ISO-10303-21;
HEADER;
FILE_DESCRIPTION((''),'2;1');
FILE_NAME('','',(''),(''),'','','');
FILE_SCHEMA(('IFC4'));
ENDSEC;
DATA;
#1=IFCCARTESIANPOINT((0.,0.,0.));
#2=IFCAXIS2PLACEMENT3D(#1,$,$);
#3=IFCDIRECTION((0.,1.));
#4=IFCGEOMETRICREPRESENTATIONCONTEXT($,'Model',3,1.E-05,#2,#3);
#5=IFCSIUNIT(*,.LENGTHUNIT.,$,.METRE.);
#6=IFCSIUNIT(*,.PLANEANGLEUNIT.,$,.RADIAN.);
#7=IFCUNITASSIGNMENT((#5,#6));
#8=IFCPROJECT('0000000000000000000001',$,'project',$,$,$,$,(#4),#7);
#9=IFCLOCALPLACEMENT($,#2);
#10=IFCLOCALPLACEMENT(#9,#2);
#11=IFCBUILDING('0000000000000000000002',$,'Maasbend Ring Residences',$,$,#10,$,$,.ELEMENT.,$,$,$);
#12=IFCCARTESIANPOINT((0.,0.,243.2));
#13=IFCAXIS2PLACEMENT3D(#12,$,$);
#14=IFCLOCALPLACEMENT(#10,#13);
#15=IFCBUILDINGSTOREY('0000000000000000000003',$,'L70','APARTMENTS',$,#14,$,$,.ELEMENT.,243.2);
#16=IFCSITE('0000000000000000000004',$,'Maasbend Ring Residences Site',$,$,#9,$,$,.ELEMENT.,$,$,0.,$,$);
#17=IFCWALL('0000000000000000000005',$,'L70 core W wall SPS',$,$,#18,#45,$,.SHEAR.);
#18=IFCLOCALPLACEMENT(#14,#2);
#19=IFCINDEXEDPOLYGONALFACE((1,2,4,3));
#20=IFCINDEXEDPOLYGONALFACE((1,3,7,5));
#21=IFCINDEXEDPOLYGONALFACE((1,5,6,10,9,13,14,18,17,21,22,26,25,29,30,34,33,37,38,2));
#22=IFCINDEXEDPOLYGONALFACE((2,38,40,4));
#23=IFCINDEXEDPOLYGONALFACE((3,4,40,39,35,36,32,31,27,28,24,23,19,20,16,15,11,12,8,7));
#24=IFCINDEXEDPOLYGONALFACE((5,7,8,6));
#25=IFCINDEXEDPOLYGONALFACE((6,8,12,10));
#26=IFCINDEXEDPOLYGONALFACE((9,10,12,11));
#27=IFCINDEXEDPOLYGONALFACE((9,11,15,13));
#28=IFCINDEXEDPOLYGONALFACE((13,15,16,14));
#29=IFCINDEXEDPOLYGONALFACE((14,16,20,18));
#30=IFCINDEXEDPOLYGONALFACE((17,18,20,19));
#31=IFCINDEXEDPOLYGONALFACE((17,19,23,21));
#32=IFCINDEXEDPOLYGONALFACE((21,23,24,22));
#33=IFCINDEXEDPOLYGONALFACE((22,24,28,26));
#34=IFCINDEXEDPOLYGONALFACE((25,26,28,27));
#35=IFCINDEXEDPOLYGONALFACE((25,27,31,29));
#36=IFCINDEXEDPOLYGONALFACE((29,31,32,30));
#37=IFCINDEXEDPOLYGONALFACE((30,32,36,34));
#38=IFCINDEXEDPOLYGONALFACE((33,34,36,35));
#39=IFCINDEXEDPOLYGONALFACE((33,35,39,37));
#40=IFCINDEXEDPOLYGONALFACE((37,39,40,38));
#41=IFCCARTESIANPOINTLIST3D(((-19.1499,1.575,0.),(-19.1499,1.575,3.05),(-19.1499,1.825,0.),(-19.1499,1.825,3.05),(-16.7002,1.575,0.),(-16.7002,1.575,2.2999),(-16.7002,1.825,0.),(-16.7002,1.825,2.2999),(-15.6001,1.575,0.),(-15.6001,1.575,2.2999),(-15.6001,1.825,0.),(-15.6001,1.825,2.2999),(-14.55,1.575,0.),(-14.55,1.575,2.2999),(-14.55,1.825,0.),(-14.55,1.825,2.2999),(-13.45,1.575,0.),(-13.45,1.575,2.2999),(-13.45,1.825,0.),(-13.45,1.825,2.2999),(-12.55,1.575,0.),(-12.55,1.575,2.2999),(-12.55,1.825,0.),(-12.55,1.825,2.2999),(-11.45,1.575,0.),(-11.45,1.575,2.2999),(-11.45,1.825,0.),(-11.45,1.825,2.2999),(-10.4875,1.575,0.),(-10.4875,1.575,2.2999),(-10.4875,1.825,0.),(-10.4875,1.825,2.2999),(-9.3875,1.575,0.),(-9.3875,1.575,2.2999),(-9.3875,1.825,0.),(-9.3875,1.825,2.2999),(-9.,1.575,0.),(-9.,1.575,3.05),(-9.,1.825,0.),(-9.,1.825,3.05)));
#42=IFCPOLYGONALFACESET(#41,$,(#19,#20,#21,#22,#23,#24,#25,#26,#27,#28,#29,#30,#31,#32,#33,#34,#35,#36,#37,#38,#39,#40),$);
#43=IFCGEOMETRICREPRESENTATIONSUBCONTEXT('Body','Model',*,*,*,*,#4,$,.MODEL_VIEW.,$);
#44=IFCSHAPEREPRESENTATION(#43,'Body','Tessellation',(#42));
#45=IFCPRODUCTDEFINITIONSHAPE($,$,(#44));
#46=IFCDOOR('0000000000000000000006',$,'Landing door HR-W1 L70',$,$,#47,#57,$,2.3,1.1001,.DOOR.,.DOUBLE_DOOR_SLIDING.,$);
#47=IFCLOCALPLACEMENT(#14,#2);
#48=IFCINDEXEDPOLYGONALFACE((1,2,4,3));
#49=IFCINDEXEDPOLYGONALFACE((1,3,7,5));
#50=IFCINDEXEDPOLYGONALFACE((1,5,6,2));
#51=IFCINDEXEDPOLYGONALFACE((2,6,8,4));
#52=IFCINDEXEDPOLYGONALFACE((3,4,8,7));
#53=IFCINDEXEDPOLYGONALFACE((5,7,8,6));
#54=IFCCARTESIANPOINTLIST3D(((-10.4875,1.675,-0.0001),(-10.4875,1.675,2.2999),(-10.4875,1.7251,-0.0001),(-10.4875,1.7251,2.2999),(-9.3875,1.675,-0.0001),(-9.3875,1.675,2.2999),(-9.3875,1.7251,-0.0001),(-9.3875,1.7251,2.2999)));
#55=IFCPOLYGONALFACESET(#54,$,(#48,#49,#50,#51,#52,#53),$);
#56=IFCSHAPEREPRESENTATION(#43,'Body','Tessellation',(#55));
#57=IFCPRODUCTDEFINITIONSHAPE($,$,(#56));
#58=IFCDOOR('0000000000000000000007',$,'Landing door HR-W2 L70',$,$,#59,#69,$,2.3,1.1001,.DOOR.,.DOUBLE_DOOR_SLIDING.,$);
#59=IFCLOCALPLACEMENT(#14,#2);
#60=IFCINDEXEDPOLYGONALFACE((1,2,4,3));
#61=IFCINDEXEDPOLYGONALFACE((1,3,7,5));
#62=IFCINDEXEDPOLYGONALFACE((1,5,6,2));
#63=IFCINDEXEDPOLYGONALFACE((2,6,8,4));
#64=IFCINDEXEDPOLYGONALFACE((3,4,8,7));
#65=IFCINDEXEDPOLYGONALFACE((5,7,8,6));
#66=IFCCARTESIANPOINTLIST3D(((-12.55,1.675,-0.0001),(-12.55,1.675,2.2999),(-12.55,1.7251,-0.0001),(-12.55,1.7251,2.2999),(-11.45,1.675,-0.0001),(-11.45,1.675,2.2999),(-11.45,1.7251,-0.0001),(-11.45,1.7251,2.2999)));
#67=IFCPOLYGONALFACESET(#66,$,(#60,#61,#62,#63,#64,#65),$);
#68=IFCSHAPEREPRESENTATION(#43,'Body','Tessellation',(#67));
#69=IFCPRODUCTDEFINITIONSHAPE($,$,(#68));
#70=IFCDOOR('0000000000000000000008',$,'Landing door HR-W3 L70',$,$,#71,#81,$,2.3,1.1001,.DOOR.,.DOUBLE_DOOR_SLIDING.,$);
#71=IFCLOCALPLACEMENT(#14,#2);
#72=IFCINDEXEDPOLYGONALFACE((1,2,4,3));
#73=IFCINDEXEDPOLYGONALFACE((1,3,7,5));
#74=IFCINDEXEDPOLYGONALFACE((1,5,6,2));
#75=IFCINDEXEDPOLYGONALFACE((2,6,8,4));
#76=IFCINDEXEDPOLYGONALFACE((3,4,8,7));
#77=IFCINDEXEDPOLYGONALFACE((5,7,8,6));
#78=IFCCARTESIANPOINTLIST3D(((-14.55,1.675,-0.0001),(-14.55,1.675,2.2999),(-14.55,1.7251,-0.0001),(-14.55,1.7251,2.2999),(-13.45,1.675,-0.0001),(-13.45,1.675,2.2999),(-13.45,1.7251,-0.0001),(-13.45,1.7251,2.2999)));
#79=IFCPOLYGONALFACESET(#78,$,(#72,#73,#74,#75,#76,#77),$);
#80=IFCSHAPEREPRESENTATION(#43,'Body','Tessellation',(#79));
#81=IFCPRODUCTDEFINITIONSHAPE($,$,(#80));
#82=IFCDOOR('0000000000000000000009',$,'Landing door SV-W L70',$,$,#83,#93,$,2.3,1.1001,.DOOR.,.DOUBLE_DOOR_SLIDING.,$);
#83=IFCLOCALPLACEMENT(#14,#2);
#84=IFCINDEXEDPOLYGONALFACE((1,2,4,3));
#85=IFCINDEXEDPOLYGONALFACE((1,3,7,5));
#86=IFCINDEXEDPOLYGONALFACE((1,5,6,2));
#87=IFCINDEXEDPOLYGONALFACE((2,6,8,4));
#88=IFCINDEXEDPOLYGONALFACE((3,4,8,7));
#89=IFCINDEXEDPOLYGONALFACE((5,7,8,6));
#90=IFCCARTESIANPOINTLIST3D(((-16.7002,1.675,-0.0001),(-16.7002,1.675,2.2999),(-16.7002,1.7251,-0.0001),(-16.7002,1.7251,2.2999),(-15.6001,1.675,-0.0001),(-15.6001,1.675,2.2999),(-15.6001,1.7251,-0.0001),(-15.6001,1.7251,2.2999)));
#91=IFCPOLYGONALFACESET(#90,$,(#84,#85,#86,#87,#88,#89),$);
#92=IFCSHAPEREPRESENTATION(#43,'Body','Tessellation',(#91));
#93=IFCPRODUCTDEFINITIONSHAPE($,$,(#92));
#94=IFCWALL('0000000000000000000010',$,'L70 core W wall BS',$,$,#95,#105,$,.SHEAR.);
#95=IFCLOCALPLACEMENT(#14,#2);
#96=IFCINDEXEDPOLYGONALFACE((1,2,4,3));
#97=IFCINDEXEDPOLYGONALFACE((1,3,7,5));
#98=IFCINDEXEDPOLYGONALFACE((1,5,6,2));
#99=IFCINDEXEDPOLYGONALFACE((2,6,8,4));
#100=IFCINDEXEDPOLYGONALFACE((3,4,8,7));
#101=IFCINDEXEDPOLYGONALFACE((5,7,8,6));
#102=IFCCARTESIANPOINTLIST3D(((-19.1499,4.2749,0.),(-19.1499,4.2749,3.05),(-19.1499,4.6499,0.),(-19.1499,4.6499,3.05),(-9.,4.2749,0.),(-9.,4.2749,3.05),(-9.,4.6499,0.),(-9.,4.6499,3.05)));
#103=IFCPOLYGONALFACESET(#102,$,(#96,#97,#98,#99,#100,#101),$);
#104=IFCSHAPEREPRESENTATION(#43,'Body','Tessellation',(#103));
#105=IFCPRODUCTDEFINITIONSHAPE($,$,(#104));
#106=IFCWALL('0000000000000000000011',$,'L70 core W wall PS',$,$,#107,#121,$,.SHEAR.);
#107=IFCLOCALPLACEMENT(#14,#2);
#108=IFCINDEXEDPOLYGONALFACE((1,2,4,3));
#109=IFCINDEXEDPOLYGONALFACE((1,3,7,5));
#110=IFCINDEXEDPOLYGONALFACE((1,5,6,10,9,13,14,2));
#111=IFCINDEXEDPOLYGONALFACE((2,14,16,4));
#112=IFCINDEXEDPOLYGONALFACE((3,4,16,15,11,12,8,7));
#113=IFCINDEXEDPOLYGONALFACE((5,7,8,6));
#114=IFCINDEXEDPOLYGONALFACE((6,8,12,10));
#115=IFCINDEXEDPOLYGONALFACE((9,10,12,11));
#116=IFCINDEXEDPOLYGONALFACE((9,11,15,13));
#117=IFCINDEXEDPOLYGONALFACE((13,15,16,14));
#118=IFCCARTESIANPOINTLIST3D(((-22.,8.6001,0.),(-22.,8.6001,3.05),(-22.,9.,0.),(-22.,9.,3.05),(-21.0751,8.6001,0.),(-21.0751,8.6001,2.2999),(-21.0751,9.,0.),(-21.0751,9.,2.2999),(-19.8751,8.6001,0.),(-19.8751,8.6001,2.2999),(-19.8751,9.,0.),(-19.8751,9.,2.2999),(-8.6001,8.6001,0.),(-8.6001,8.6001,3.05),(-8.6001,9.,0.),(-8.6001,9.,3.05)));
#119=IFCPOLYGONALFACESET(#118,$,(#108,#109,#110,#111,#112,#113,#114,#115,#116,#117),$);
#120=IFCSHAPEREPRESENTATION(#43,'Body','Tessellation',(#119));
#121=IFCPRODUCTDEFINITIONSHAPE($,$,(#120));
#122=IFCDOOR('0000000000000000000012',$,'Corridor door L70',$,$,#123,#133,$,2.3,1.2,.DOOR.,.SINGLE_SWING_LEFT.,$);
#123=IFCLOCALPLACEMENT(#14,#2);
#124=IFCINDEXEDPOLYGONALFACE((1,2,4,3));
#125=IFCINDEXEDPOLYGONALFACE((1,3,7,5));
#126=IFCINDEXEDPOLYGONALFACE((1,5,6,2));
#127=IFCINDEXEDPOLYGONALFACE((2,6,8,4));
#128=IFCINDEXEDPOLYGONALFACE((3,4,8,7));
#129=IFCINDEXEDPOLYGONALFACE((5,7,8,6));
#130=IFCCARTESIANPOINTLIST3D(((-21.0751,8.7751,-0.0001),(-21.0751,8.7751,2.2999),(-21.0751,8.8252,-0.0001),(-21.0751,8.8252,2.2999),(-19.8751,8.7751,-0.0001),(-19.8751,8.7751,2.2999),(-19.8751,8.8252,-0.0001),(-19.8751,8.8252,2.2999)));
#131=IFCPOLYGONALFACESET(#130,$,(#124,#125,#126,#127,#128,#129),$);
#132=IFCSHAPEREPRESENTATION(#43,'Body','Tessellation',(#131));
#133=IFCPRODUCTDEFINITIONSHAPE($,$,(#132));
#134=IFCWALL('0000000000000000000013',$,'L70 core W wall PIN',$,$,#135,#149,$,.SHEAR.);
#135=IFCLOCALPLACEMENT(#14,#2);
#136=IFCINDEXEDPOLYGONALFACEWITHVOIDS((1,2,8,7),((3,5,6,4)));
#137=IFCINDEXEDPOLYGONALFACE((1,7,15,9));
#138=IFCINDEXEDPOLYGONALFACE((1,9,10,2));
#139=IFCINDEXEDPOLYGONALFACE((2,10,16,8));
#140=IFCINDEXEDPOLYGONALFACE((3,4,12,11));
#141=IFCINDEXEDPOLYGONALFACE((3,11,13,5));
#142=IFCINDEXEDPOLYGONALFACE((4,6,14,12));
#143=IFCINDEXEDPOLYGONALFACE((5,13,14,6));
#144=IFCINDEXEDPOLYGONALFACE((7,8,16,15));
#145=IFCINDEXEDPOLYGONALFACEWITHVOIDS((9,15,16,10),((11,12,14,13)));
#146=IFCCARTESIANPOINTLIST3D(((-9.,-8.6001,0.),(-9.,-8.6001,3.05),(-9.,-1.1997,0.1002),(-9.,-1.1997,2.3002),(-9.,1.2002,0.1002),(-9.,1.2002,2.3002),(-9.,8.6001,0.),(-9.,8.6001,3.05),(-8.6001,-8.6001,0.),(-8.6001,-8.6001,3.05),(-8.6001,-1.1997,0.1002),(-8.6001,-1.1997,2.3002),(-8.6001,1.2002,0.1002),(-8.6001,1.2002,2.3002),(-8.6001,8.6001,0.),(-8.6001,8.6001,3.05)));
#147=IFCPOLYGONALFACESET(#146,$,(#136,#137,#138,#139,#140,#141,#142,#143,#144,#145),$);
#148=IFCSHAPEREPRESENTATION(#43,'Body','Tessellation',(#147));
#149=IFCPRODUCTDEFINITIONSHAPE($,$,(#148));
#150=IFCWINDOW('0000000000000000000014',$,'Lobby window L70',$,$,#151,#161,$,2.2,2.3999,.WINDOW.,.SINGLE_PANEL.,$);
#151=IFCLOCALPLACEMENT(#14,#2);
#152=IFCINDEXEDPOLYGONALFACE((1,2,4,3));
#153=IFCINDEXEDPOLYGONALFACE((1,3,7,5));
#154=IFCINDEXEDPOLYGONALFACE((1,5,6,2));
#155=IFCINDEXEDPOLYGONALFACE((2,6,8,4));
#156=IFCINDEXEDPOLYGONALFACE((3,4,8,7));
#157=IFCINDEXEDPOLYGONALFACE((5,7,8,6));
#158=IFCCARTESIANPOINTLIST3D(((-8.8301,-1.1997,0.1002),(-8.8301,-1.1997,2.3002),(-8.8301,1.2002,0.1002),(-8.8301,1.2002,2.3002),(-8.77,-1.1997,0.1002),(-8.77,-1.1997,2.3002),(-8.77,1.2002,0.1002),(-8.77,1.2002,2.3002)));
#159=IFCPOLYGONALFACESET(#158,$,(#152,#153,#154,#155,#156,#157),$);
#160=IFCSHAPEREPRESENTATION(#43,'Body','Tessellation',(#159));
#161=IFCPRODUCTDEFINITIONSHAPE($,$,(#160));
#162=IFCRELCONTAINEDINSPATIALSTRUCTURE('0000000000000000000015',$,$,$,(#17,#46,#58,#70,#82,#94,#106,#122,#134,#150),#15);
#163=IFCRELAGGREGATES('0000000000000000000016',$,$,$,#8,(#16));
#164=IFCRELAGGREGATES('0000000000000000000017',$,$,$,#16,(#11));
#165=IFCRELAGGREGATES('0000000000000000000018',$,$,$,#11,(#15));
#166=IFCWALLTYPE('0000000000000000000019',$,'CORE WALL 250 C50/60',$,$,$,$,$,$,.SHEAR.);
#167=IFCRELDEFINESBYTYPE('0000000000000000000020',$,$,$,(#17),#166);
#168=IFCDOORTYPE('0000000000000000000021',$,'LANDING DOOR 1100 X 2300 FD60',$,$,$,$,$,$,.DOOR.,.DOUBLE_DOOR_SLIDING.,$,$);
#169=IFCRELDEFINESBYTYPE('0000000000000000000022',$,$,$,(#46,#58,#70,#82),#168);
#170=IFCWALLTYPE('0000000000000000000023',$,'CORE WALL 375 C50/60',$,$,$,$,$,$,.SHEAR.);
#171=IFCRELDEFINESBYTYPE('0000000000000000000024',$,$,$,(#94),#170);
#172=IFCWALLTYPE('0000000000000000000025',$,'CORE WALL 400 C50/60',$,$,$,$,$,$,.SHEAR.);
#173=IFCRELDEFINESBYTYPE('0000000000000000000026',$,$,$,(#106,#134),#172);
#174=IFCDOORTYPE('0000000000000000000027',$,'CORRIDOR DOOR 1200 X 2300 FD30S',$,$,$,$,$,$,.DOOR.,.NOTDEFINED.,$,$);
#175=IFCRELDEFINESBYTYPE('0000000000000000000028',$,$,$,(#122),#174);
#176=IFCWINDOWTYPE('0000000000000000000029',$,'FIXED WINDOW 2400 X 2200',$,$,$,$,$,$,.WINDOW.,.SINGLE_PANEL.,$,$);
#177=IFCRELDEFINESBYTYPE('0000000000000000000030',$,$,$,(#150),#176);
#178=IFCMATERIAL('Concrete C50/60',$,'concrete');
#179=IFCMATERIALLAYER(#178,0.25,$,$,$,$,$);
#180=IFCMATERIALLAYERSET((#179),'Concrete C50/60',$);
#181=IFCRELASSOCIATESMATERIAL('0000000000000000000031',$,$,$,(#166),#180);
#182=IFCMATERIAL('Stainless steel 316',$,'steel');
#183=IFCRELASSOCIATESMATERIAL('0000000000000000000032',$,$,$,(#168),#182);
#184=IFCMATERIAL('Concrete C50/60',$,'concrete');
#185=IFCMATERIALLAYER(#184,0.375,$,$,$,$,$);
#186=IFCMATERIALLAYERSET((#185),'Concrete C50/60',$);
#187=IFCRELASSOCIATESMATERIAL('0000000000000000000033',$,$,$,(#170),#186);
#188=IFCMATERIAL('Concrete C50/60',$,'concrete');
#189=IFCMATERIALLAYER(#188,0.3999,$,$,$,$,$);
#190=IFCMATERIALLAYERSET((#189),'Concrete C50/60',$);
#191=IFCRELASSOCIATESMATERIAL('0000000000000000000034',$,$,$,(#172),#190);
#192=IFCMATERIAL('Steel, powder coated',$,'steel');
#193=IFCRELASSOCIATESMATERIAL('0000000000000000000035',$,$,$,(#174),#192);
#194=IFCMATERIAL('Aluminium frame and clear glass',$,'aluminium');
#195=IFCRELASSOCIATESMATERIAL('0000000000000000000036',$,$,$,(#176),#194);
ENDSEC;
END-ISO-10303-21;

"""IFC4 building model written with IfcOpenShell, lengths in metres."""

from ifc_helpers import new_model, si_unit, direction, frame, frame_2d, origin, place, context, subcontext, project, spatial, rectangle, extrude, material, layer, layer_set, type_object, element, fill, save


model = new_model("IFC4")

# Units and contexts
model_context = context("Model", 3, precision=1e-05, world=origin(), true_north=direction((0.0, 1.0)))
body_context = subcontext(model_context, "Body", "Model", "MODEL_VIEW")
ifc_project = project(units=[si_unit("LENGTHUNIT", "METRE"), si_unit("PLANEANGLEUNIT", "RADIAN")], contexts=[model_context])

# Site, building, storey
site_placement = place(None, origin())
site = spatial("IfcSite", under=ifc_project, at=site_placement, Name="Maasbend Ring Residences Site", CompositionType="ELEMENT", RefElevation=0.0)
building_placement = place(site_placement, origin())
building = spatial("IfcBuilding", under=site, at=building_placement, Name="Maasbend Ring Residences", CompositionType="ELEMENT")
storey_placement = place(building_placement, frame((0.0, 0.0, 243.2)))
storey = spatial("IfcBuildingStorey", under=building, at=storey_placement, Name="L70", Description="APARTMENTS", CompositionType="ELEMENT", Elevation=243.2)

# Wall, openings, doors
ifc_material_1 = material(Name="Concrete C50/60", Category="concrete")
ifc_layer_1 = layer(ifc_material_1, 0.25)
ifc_layer_set_1 = layer_set([ifc_layer_1], Name="Concrete C50/60")
wall_type_1 = type_object("IfcWallType", Name="CORE WALL 250 C50/60", PredefinedType="SHEAR", material=ifc_layer_set_1)
wall_1_placement = place(storey_placement, frame((-9.0, 1.7, 0.0), z_axis=(0.0, 0.0, 1.0), x_axis=(-1.0, 0.0, 0.0)))
wall_1 = element("IfcWall", 1, at=wall_1_placement, inside=storey, type_object=wall_type_1, Name="L70 core W wall SPS", PredefinedType="SHEAR", context=body_context, shape_type="SweptSolid", body=[
    extrude(rectangle(XDim=10.1499, YDim=0.25, at=frame_2d((5.075, 0.0))), origin(), (0.0, 0.0, 1.0), 3.05),
])
opening_1_placement = place(wall_1_placement, frame((0.3875, 0.0, 0.0)))
opening_1 = element("IfcOpeningElement", 2, at=opening_1_placement, cuts=wall_1, PredefinedType="OPENING", context=body_context, shape_type="SweptSolid", body=[
    extrude(rectangle(XDim=1.1001, YDim=2.3, at=frame_2d((0.55, 1.1499))), frame((0.0, 0.135, 0.0), z_axis=(0.0, -1.0, 0.0), x_axis=(1.0, 0.0, 0.0)), (0.0, 0.0, 1.0), 0.27),
])
opening_2_placement = place(wall_1_placement, frame((2.45, 0.0, 0.0)))
opening_2 = element("IfcOpeningElement", 3, at=opening_2_placement, cuts=wall_1, PredefinedType="OPENING", context=body_context, shape_type="SweptSolid", body=[
    extrude(rectangle(XDim=1.1001, YDim=2.3, at=frame_2d((0.55, 1.1499))), frame((0.0, 0.135, 0.0), z_axis=(0.0, -1.0, 0.0), x_axis=(1.0, 0.0, 0.0)), (0.0, 0.0, 1.0), 0.27),
])
opening_3_placement = place(wall_1_placement, frame((4.45, 0.0, 0.0)))
opening_3 = element("IfcOpeningElement", 4, at=opening_3_placement, cuts=wall_1, PredefinedType="OPENING", context=body_context, shape_type="SweptSolid", body=[
    extrude(rectangle(XDim=1.1001, YDim=2.3, at=frame_2d((0.55, 1.1499))), frame((0.0, 0.135, 0.0), z_axis=(0.0, -1.0, 0.0), x_axis=(1.0, 0.0, 0.0)), (0.0, 0.0, 1.0), 0.27),
])
opening_4_placement = place(wall_1_placement, frame((6.6001, 0.0, 0.0)))
opening_4 = element("IfcOpeningElement", 5, at=opening_4_placement, cuts=wall_1, PredefinedType="OPENING", context=body_context, shape_type="SweptSolid", body=[
    extrude(rectangle(XDim=1.1001, YDim=2.3, at=frame_2d((0.55, 1.1499))), frame((0.0, 0.135, 0.0), z_axis=(0.0, -1.0, 0.0), x_axis=(1.0, 0.0, 0.0)), (0.0, 0.0, 1.0), 0.27),
])
ifc_material_2 = material(Name="Stainless steel 316", Category="steel")
door_type_1 = type_object("IfcDoorType", Name="LANDING DOOR 1100 X 2300 FD60", OperationType="DOUBLE_DOOR_SLIDING", PredefinedType="DOOR", material=ifc_material_2)
door_1_placement = place(opening_1_placement, origin())
door_1 = element("IfcDoor", 6, at=door_1_placement, inside=storey, type_object=door_type_1, Name="Landing door HR-W1 L70", OperationType="DOUBLE_DOOR_SLIDING", OverallHeight=2.3, OverallWidth=1.1001, PredefinedType="DOOR", context=body_context, shape_type="SweptSolid", body=[
    extrude(rectangle(XDim=1.1001, YDim=2.3, at=frame_2d((0.55, 1.1499))), frame((0.0, 0.0249, 0.0), z_axis=(0.0, -1.0, 0.0), x_axis=(1.0, 0.0, 0.0)), (0.0, 0.0, 1.0), 0.05),
])
fill(opening_1, door_1)
door_2_placement = place(opening_2_placement, origin())
door_2 = element("IfcDoor", 7, at=door_2_placement, inside=storey, type_object=door_type_1, Name="Landing door HR-W2 L70", OperationType="DOUBLE_DOOR_SLIDING", OverallHeight=2.3, OverallWidth=1.1001, PredefinedType="DOOR", context=body_context, shape_type="SweptSolid", body=[
    extrude(rectangle(XDim=1.1001, YDim=2.3, at=frame_2d((0.55, 1.1499))), frame((0.0, 0.0249, 0.0), z_axis=(0.0, -1.0, 0.0), x_axis=(1.0, 0.0, 0.0)), (0.0, 0.0, 1.0), 0.05),
])
fill(opening_2, door_2)
door_3_placement = place(opening_3_placement, origin())
door_3 = element("IfcDoor", 8, at=door_3_placement, inside=storey, type_object=door_type_1, Name="Landing door HR-W3 L70", OperationType="DOUBLE_DOOR_SLIDING", OverallHeight=2.3, OverallWidth=1.1001, PredefinedType="DOOR", context=body_context, shape_type="SweptSolid", body=[
    extrude(rectangle(XDim=1.1001, YDim=2.3, at=frame_2d((0.55, 1.1499))), frame((0.0, 0.0249, 0.0), z_axis=(0.0, -1.0, 0.0), x_axis=(1.0, 0.0, 0.0)), (0.0, 0.0, 1.0), 0.05),
])
fill(opening_3, door_3)
door_4_placement = place(opening_4_placement, origin())
door_4 = element("IfcDoor", 9, at=door_4_placement, inside=storey, type_object=door_type_1, Name="Landing door SV-W L70", OperationType="DOUBLE_DOOR_SLIDING", OverallHeight=2.3, OverallWidth=1.1001, PredefinedType="DOOR", context=body_context, shape_type="SweptSolid", body=[
    extrude(rectangle(XDim=1.1001, YDim=2.3, at=frame_2d((0.55, 1.1499))), frame((0.0, 0.0249, 0.0), z_axis=(0.0, -1.0, 0.0), x_axis=(1.0, 0.0, 0.0)), (0.0, 0.0, 1.0), 0.05),
])
fill(opening_4, door_4)

# Wall
ifc_material_3 = material(Name="Concrete C50/60", Category="concrete")
ifc_layer_2 = layer(ifc_material_3, 0.375)
ifc_layer_set_2 = layer_set([ifc_layer_2], Name="Concrete C50/60")
wall_type_2 = type_object("IfcWallType", Name="CORE WALL 375 C50/60", PredefinedType="SHEAR", material=ifc_layer_set_2)
wall_2_placement = place(storey_placement, frame((-9.0, 4.4624, 0.0), z_axis=(0.0, 0.0, 1.0), x_axis=(-1.0, 0.0, 0.0)))
element("IfcWall", 10, at=wall_2_placement, inside=storey, type_object=wall_type_2, Name="L70 core W wall BS", PredefinedType="SHEAR", context=body_context, shape_type="SweptSolid", body=[
    extrude(rectangle(XDim=10.1499, YDim=0.375, at=frame_2d((5.075, 0.0))), origin(), (0.0, 0.0, 1.0), 3.05),
])

# Wall, opening, door
ifc_material_4 = material(Name="Concrete C50/60", Category="concrete")
ifc_layer_3 = layer(ifc_material_4, 0.3999)
ifc_layer_set_3 = layer_set([ifc_layer_3], Name="Concrete C50/60")
wall_type_3 = type_object("IfcWallType", Name="CORE WALL 400 C50/60", PredefinedType="SHEAR", material=ifc_layer_set_3)
wall_3_placement = place(storey_placement, frame((-8.6001, 8.8, 0.0), z_axis=(0.0, 0.0, 1.0), x_axis=(-1.0, 0.0, 0.0)))
wall_3 = element("IfcWall", 11, at=wall_3_placement, inside=storey, type_object=wall_type_3, Name="L70 core W wall PS", PredefinedType="SHEAR", context=body_context, shape_type="SweptSolid", body=[
    extrude(rectangle(XDim=13.3999, YDim=0.3999, at=frame_2d((6.7, 0.0))), origin(), (0.0, 0.0, 1.0), 3.05),
])
opening_5_placement = place(wall_3_placement, frame((11.2749, 0.0, 0.0)))
opening_5 = element("IfcOpeningElement", 12, at=opening_5_placement, cuts=wall_3, PredefinedType="OPENING", context=body_context, shape_type="SweptSolid", body=[
    extrude(rectangle(XDim=1.2, YDim=2.3, at=frame_2d((0.6001, 1.1499))), frame((0.0, 0.21, 0.0), z_axis=(0.0, -1.0, 0.0), x_axis=(1.0, 0.0, 0.0)), (0.0, 0.0, 1.0), 0.4199),
])
ifc_material_5 = material(Name="Steel, powder coated", Category="steel")
door_type_2 = type_object("IfcDoorType", Name="CORRIDOR DOOR 1200 X 2300 FD30S", OperationType="NOTDEFINED", PredefinedType="DOOR", material=ifc_material_5)
door_5_placement = place(opening_5_placement, origin())
door_5 = element("IfcDoor", 13, at=door_5_placement, inside=storey, type_object=door_type_2, Name="Corridor door L70", OperationType="SINGLE_SWING_LEFT", OverallHeight=2.3, OverallWidth=1.2, PredefinedType="DOOR", context=body_context, shape_type="SweptSolid", body=[
    extrude(rectangle(XDim=1.2, YDim=2.3, at=frame_2d((0.6001, 1.1499))), frame((0.0, 0.0249, 0.0), z_axis=(0.0, -1.0, 0.0), x_axis=(1.0, 0.0, 0.0)), (0.0, 0.0, 1.0), 0.05),
])
fill(opening_5, door_5)

# Wall, opening, window
wall_4_placement = place(storey_placement, frame((-8.8, 8.6001, 0.0), z_axis=(0.0, 0.0, 1.0), x_axis=(0.0, -1.0, 0.0)))
wall_4 = element("IfcWall", 14, at=wall_4_placement, inside=storey, type_object=wall_type_3, Name="L70 core W wall PIN", PredefinedType="SHEAR", context=body_context, shape_type="SweptSolid", body=[
    extrude(rectangle(XDim=17.2002, YDim=0.3999, at=frame_2d((8.6001, 0.0))), origin(), (0.0, 0.0, 1.0), 3.05),
])
opening_6_placement = place(wall_4_placement, frame((7.3999, 0.0, 0.1001)))
opening_6 = element("IfcOpeningElement", 15, at=opening_6_placement, cuts=wall_4, PredefinedType="OPENING", context=body_context, shape_type="SweptSolid", body=[
    extrude(rectangle(XDim=2.3999, YDim=2.2, at=frame_2d((1.2, 1.1001))), frame((0.0, 0.21, 0.0), z_axis=(0.0, -1.0, 0.0), x_axis=(1.0, 0.0, 0.0)), (0.0, 0.0, 1.0), 0.4199),
])
ifc_material_6 = material(Name="Aluminium frame and clear glass", Category="aluminium")
window_type = type_object("IfcWindowType", Name="FIXED WINDOW 2400 X 2200", PartitioningType="SINGLE_PANEL", PredefinedType="WINDOW", material=ifc_material_6)
window_placement = place(opening_6_placement, origin())
window = element("IfcWindow", 16, at=window_placement, inside=storey, type_object=window_type, Name="Lobby window L70", OverallHeight=2.2, OverallWidth=2.3999, PartitioningType="SINGLE_PANEL", PredefinedType="WINDOW", context=body_context, shape_type="SweptSolid", body=[
    extrude(rectangle(XDim=2.3999, YDim=2.2, at=frame_2d((1.2, 1.1001))), frame((0.0, 0.03, 0.0), z_axis=(0.0, -1.0, 0.0), x_axis=(1.0, 0.0, 0.0)), (0.0, 0.0, 1.0), 0.0601),
])
fill(opening_6, window)

save(model, "model.ifc")
